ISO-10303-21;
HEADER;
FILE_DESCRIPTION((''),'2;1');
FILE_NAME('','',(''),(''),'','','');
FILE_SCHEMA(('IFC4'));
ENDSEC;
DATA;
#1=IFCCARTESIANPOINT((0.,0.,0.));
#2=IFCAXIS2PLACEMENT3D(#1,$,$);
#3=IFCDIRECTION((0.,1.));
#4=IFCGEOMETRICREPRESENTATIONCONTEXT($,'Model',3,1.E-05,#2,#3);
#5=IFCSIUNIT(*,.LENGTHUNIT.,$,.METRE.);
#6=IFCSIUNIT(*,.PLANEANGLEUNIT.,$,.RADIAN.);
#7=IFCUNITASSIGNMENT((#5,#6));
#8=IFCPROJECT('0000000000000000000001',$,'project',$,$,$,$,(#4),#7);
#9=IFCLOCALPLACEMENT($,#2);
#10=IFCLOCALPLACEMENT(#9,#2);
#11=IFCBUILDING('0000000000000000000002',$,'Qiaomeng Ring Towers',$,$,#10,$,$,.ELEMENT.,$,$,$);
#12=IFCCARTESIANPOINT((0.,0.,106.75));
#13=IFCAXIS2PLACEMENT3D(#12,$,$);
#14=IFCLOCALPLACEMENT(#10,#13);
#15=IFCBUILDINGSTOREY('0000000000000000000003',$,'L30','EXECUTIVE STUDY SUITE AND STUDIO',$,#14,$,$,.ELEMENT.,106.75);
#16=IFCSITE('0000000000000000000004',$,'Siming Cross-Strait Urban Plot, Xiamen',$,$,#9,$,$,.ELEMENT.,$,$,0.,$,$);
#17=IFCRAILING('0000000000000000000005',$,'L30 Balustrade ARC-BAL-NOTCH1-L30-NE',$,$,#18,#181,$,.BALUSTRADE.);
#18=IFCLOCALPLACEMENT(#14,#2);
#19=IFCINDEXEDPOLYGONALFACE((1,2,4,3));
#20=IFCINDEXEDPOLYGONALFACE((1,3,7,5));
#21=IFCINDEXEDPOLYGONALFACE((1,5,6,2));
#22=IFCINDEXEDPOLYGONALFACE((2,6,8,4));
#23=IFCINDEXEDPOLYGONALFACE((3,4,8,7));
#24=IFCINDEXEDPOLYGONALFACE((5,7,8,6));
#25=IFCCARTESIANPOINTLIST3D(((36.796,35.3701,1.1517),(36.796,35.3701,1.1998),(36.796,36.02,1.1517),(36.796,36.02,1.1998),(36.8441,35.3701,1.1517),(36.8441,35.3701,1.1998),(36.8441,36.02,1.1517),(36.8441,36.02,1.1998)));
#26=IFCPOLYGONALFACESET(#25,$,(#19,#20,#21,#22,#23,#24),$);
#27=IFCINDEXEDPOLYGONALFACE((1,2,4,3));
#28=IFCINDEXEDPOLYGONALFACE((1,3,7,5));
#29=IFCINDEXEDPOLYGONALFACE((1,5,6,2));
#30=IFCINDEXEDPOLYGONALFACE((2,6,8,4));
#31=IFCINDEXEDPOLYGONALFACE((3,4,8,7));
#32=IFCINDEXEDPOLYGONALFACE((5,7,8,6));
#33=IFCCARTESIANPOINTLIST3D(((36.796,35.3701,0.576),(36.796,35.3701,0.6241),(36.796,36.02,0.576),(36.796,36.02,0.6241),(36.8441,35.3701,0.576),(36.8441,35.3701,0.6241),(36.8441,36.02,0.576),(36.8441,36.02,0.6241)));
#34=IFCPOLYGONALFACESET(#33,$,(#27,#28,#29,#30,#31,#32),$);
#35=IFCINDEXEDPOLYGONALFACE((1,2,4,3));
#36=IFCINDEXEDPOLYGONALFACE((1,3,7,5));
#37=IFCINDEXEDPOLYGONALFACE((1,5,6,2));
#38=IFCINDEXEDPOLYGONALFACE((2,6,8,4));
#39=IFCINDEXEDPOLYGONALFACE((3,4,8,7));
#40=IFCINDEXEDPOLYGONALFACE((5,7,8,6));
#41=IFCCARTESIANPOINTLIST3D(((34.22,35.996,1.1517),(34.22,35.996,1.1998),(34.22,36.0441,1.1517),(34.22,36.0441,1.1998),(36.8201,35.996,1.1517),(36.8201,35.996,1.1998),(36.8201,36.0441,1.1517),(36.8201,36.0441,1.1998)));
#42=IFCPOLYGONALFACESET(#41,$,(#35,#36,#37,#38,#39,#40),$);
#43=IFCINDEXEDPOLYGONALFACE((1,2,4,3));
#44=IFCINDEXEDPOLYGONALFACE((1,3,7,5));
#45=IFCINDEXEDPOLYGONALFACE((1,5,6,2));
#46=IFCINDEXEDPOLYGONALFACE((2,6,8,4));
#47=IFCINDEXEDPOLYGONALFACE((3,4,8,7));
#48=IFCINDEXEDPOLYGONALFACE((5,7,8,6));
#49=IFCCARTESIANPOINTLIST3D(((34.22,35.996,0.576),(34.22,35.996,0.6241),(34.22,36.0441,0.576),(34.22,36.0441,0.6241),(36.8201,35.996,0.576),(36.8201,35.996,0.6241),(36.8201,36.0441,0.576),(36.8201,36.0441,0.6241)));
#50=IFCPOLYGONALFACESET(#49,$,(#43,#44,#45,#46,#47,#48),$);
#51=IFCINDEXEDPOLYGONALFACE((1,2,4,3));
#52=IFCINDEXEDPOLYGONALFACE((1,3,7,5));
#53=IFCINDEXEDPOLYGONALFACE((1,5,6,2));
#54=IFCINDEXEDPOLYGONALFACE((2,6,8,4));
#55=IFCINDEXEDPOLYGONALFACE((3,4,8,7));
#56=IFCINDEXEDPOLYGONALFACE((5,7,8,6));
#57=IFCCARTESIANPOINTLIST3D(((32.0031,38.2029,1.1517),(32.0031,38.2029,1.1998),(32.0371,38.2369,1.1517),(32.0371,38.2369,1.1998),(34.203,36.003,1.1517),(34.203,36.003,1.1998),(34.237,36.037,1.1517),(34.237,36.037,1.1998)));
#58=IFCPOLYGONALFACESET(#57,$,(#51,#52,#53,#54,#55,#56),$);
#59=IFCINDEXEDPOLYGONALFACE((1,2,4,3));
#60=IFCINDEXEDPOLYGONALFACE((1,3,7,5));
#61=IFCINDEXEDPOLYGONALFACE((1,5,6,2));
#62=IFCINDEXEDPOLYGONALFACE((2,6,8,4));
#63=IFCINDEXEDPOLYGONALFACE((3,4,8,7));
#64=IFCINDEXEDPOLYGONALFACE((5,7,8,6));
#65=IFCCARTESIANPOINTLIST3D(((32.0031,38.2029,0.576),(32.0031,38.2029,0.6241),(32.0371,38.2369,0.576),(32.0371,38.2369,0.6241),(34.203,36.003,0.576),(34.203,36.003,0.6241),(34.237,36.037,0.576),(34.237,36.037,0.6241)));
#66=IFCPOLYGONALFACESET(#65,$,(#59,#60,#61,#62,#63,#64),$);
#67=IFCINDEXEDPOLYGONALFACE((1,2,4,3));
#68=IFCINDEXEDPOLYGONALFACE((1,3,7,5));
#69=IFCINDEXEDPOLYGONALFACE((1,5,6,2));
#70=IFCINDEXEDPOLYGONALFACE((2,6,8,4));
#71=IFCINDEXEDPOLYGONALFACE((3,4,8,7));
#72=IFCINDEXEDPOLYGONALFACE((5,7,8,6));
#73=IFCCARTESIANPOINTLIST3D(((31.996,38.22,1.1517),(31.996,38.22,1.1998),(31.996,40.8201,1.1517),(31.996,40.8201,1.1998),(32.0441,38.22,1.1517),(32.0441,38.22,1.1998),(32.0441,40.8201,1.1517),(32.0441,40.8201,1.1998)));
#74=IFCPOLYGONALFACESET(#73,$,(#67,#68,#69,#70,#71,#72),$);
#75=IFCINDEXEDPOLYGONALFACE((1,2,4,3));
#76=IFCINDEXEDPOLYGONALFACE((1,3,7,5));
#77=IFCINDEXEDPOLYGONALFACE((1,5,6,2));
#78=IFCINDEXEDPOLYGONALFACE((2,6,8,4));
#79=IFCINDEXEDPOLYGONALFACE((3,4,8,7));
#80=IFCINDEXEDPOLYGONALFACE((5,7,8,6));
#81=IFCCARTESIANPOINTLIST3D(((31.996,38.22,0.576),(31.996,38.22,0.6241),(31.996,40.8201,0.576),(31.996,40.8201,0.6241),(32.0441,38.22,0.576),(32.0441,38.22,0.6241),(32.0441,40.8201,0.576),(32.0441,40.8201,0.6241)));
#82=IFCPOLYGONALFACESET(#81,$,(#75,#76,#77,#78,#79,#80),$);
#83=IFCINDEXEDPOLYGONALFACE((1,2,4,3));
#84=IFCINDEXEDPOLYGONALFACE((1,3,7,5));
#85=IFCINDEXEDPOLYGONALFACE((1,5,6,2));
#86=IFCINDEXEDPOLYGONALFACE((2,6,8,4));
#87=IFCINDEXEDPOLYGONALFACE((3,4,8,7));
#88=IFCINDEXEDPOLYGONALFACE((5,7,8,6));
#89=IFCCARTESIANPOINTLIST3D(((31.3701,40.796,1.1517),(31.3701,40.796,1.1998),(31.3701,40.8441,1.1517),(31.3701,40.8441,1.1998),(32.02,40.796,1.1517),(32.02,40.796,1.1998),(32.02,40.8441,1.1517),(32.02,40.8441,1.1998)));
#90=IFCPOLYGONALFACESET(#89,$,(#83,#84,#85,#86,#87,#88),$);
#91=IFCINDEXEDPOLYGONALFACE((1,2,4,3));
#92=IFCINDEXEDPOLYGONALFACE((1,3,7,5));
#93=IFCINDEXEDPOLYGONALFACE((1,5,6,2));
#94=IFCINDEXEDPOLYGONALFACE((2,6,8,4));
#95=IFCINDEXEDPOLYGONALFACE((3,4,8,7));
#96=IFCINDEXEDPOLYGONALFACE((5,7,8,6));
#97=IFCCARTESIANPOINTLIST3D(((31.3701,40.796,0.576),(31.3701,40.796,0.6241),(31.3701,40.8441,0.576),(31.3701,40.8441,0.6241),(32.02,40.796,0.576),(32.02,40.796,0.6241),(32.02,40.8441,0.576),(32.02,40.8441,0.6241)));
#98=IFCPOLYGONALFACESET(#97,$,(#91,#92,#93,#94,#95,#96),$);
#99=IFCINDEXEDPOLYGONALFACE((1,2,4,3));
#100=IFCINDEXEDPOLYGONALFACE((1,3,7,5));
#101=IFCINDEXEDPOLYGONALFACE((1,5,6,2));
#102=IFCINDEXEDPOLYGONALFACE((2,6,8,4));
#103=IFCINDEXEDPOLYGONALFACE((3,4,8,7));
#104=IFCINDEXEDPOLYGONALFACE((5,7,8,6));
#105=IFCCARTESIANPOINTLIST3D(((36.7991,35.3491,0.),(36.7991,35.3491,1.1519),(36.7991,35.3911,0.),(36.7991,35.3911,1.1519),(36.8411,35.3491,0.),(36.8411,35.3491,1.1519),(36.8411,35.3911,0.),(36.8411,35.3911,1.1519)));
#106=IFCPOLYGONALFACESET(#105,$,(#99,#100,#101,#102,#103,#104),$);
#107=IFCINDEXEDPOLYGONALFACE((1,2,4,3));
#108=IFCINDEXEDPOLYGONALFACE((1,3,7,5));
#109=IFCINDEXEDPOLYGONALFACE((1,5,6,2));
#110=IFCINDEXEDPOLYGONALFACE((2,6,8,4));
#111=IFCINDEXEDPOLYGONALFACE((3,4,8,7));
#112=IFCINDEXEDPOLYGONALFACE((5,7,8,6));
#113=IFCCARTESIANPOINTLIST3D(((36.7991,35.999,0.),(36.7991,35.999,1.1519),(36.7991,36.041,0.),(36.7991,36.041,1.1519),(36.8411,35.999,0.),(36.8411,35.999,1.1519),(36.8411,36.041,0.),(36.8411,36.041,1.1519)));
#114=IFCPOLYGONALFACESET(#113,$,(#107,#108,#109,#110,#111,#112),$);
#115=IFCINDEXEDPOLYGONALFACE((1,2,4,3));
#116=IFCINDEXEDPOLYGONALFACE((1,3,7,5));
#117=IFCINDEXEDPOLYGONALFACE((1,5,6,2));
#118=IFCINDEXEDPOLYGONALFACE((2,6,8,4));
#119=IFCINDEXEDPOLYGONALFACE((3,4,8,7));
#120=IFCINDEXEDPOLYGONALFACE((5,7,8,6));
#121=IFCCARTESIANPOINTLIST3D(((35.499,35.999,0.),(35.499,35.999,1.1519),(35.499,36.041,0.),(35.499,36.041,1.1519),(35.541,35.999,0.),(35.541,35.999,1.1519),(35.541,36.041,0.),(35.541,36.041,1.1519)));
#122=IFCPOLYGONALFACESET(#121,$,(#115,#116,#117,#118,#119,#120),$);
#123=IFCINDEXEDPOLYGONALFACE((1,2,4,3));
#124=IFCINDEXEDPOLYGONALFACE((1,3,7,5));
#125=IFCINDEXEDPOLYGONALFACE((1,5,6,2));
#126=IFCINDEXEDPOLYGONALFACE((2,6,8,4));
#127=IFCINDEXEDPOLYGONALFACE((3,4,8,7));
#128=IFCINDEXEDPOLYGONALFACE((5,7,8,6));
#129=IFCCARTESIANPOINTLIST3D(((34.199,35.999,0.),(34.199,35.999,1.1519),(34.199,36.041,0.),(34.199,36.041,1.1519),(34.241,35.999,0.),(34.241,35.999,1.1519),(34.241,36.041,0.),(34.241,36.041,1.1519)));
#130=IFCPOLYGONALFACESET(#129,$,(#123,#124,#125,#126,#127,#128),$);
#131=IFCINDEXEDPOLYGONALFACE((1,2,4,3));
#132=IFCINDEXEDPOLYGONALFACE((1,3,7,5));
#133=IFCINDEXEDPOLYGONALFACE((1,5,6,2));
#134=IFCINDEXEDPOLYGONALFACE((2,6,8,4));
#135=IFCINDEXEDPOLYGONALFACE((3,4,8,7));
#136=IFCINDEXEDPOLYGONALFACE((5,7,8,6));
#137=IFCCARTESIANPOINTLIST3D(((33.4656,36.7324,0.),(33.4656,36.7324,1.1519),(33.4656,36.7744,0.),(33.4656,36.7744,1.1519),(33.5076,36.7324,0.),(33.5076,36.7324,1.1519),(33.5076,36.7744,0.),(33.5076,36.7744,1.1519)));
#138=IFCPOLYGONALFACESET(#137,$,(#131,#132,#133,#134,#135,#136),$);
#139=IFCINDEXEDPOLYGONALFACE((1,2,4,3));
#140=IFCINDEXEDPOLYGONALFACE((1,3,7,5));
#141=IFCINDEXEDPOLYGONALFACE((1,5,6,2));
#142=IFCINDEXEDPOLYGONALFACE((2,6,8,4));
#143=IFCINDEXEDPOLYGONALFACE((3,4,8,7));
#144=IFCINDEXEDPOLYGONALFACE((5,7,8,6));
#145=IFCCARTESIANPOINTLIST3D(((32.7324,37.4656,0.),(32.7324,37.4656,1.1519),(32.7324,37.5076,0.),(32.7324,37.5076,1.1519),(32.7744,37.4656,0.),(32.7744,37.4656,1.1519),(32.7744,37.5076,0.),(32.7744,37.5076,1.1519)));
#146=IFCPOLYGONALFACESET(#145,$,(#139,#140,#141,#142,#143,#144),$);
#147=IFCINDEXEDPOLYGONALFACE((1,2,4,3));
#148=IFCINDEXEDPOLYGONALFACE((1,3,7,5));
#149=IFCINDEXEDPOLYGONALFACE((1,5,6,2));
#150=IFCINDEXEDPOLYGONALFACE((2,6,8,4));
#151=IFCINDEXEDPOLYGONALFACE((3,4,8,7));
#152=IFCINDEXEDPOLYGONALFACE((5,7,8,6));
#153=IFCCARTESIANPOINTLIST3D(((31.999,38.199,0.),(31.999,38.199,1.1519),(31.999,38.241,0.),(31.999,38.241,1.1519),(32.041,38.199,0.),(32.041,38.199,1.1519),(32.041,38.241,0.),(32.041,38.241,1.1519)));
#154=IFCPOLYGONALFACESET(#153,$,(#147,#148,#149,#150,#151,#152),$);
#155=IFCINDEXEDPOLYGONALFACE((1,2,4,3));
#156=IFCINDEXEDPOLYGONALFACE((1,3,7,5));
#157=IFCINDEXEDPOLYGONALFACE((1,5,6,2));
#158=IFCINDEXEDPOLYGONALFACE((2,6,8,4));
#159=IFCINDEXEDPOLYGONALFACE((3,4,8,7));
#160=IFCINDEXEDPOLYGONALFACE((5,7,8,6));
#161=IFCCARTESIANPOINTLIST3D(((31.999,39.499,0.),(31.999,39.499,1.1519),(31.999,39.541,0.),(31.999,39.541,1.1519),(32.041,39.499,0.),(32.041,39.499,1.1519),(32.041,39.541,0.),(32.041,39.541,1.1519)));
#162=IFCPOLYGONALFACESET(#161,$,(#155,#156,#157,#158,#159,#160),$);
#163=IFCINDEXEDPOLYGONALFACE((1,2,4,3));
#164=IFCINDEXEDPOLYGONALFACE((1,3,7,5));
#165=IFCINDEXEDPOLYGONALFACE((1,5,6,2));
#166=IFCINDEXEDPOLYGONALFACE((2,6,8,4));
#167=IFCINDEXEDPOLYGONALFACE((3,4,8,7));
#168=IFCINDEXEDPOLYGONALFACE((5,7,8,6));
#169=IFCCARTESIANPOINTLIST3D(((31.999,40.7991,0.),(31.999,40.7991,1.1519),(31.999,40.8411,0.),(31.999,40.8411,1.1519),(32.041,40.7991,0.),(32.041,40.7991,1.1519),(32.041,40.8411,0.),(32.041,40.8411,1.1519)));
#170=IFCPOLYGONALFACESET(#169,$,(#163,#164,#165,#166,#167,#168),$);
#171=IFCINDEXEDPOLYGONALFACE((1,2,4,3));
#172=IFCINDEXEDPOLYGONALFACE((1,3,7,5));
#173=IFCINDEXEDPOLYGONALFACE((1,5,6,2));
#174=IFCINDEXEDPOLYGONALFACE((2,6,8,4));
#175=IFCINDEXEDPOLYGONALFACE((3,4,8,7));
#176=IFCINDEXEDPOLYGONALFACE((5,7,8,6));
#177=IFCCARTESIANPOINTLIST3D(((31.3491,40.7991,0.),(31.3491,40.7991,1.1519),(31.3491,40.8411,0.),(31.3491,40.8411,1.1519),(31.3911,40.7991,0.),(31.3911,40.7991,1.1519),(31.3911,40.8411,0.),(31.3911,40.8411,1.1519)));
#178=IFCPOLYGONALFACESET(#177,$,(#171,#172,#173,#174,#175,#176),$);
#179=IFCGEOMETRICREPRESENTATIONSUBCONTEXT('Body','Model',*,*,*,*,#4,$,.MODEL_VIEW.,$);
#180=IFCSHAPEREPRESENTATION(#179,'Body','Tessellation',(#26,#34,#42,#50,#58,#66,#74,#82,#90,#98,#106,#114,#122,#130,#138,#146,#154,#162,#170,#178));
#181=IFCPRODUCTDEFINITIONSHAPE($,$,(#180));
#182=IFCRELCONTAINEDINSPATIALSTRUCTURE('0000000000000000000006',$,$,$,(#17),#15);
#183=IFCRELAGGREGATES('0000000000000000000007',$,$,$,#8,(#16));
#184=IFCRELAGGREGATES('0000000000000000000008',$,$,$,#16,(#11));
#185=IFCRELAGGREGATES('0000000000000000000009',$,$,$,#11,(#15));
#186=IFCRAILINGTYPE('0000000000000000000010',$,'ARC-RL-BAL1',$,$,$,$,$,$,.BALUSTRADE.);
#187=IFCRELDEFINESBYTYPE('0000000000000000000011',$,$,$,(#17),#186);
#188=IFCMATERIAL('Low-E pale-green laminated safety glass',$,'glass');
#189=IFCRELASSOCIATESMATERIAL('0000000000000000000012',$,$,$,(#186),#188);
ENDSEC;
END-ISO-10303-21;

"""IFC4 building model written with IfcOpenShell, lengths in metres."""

from ifc_helpers import new_model, si_unit, direction, frame, origin, origin_2d, place, context, subcontext, project, spatial, rectangle, extrude, material, type_object, element, save


model = new_model("IFC4")

# Units and contexts
model_context = context("Model", 3, precision=1e-05, world=origin(), true_north=direction((0.0, 1.0)))
body_context = subcontext(model_context, "Body", "Model", "MODEL_VIEW")
ifc_project = project(units=[si_unit("LENGTHUNIT", "METRE"), si_unit("PLANEANGLEUNIT", "RADIAN")], contexts=[model_context])

# Site, building, storey
site_placement = place(None, origin())
site = spatial("IfcSite", under=ifc_project, at=site_placement, Name="Siming Cross-Strait Urban Plot, Xiamen", CompositionType="ELEMENT", RefElevation=0.0)
building_placement = place(site_placement, origin())
building = spatial("IfcBuilding", under=site, at=building_placement, Name="Qiaomeng Ring Towers", CompositionType="ELEMENT")
storey_placement = place(building_placement, frame((0.0, 0.0, 106.75)))
storey = spatial("IfcBuildingStorey", under=building, at=storey_placement, Name="L30", Description="EXECUTIVE STUDY SUITE AND STUDIO", CompositionType="ELEMENT", Elevation=106.75)

# Railing
ifc_material_1 = material(Name="Low-E pale-green laminated safety glass", Category="glass")
railing_type = type_object("IfcRailingType", Name="ARC-RL-BAL1", PredefinedType="BALUSTRADE", material=ifc_material_1)
railing_placement = place(storey_placement, frame((36.8201, 35.3701, 0.0)))
element("IfcRailing", 1, at=railing_placement, inside=storey, type_object=railing_type, Name="L30 Balustrade ARC-BAL-NOTCH1-L30-NE", PredefinedType="BALUSTRADE", context=body_context, shape_type="SweptSolid", body=[
    extrude(rectangle(XDim=0.0481, YDim=0.0481, at=origin_2d()), frame((0.0, 0.0, 1.1758), z_axis=(0.0, 1.0, 0.0), x_axis=(-1.0, 0.0, 0.0)), (0.0, 0.0, 1.0), 0.6499),
    extrude(rectangle(XDim=0.0481, YDim=0.0481, at=origin_2d()), frame((0.0, 0.0, 0.6001), z_axis=(0.0, 1.0, 0.0), x_axis=(-1.0, 0.0, 0.0)), (0.0, 0.0, 1.0), 0.6499),
    extrude(rectangle(XDim=0.0481, YDim=0.0481, at=origin_2d()), frame((0.0, 0.6499, 1.1758), z_axis=(-1.0, 0.0, 0.0), x_axis=(0.0, -1.0, 0.0)), (0.0, 0.0, 1.0), 2.6001),
    extrude(rectangle(XDim=0.0481, YDim=0.0481, at=origin_2d()), frame((0.0, 0.6499, 0.6001), z_axis=(-1.0, 0.0, 0.0), x_axis=(0.0, -1.0, 0.0)), (0.0, 0.0, 1.0), 2.6001),
    extrude(rectangle(XDim=0.0481, YDim=0.0481, at=origin_2d()), frame((-2.6001, 0.6499, 1.1758), z_axis=(-0.707107, 0.707107, 0.0), x_axis=(-0.707107, -0.707107, 0.0)), (0.0, 0.0, 1.0), 3.1111),
    extrude(rectangle(XDim=0.0481, YDim=0.0481, at=origin_2d()), frame((-2.6001, 0.6499, 0.6001), z_axis=(-0.707107, 0.707107, 0.0), x_axis=(-0.707107, -0.707107, 0.0)), (0.0, 0.0, 1.0), 3.1111),
    extrude(rectangle(XDim=0.0481, YDim=0.0481, at=origin_2d()), frame((-4.8, 2.8499, 1.1758), z_axis=(0.0, 1.0, 0.0), x_axis=(-1.0, 0.0, 0.0)), (0.0, 0.0, 1.0), 2.6001),
    extrude(rectangle(XDim=0.0481, YDim=0.0481, at=origin_2d()), frame((-4.8, 2.8499, 0.6001), z_axis=(0.0, 1.0, 0.0), x_axis=(-1.0, 0.0, 0.0)), (0.0, 0.0, 1.0), 2.6001),
    extrude(rectangle(XDim=0.0481, YDim=0.0481, at=origin_2d()), frame((-4.8, 5.45, 1.1758), z_axis=(-1.0, 0.0, 0.0), x_axis=(0.0, -1.0, 0.0)), (0.0, 0.0, 1.0), 0.6499),
    extrude(rectangle(XDim=0.0481, YDim=0.0481, at=origin_2d()), frame((-4.8, 5.45, 0.6001), z_axis=(-1.0, 0.0, 0.0), x_axis=(0.0, -1.0, 0.0)), (0.0, 0.0, 1.0), 0.6499),
    extrude(rectangle(XDim=0.042, YDim=0.042, at=origin_2d()), origin(), (0.0, 0.0, 1.0), 1.1519),
    extrude(rectangle(XDim=0.042, YDim=0.042, at=origin_2d()), frame((0.0, 0.6499, 0.0)), (0.0, 0.0, 1.0), 1.1519),
    extrude(rectangle(XDim=0.042, YDim=0.042, at=origin_2d()), frame((-1.3, 0.6499, 0.0)), (0.0, 0.0, 1.0), 1.1519),
    extrude(rectangle(XDim=0.042, YDim=0.042, at=origin_2d()), frame((-2.6001, 0.6499, 0.0)), (0.0, 0.0, 1.0), 1.1519),
    extrude(rectangle(XDim=0.042, YDim=0.042, at=origin_2d()), frame((-3.3335, 1.3833, 0.0)), (0.0, 0.0, 1.0), 1.1519),
    extrude(rectangle(XDim=0.042, YDim=0.042, at=origin_2d()), frame((-4.0667, 2.1165, 0.0)), (0.0, 0.0, 1.0), 1.1519),
    extrude(rectangle(XDim=0.042, YDim=0.042, at=origin_2d()), frame((-4.8, 2.8499, 0.0)), (0.0, 0.0, 1.0), 1.1519),
    extrude(rectangle(XDim=0.042, YDim=0.042, at=origin_2d()), frame((-4.8, 4.1499, 0.0)), (0.0, 0.0, 1.0), 1.1519),
    extrude(rectangle(XDim=0.042, YDim=0.042, at=origin_2d()), frame((-4.8, 5.45, 0.0)), (0.0, 0.0, 1.0), 1.1519),
    extrude(rectangle(XDim=0.042, YDim=0.042, at=origin_2d()), frame((-5.45, 5.45, 0.0)), (0.0, 0.0, 1.0), 1.1519),
])

save(model, "model.ifc")
